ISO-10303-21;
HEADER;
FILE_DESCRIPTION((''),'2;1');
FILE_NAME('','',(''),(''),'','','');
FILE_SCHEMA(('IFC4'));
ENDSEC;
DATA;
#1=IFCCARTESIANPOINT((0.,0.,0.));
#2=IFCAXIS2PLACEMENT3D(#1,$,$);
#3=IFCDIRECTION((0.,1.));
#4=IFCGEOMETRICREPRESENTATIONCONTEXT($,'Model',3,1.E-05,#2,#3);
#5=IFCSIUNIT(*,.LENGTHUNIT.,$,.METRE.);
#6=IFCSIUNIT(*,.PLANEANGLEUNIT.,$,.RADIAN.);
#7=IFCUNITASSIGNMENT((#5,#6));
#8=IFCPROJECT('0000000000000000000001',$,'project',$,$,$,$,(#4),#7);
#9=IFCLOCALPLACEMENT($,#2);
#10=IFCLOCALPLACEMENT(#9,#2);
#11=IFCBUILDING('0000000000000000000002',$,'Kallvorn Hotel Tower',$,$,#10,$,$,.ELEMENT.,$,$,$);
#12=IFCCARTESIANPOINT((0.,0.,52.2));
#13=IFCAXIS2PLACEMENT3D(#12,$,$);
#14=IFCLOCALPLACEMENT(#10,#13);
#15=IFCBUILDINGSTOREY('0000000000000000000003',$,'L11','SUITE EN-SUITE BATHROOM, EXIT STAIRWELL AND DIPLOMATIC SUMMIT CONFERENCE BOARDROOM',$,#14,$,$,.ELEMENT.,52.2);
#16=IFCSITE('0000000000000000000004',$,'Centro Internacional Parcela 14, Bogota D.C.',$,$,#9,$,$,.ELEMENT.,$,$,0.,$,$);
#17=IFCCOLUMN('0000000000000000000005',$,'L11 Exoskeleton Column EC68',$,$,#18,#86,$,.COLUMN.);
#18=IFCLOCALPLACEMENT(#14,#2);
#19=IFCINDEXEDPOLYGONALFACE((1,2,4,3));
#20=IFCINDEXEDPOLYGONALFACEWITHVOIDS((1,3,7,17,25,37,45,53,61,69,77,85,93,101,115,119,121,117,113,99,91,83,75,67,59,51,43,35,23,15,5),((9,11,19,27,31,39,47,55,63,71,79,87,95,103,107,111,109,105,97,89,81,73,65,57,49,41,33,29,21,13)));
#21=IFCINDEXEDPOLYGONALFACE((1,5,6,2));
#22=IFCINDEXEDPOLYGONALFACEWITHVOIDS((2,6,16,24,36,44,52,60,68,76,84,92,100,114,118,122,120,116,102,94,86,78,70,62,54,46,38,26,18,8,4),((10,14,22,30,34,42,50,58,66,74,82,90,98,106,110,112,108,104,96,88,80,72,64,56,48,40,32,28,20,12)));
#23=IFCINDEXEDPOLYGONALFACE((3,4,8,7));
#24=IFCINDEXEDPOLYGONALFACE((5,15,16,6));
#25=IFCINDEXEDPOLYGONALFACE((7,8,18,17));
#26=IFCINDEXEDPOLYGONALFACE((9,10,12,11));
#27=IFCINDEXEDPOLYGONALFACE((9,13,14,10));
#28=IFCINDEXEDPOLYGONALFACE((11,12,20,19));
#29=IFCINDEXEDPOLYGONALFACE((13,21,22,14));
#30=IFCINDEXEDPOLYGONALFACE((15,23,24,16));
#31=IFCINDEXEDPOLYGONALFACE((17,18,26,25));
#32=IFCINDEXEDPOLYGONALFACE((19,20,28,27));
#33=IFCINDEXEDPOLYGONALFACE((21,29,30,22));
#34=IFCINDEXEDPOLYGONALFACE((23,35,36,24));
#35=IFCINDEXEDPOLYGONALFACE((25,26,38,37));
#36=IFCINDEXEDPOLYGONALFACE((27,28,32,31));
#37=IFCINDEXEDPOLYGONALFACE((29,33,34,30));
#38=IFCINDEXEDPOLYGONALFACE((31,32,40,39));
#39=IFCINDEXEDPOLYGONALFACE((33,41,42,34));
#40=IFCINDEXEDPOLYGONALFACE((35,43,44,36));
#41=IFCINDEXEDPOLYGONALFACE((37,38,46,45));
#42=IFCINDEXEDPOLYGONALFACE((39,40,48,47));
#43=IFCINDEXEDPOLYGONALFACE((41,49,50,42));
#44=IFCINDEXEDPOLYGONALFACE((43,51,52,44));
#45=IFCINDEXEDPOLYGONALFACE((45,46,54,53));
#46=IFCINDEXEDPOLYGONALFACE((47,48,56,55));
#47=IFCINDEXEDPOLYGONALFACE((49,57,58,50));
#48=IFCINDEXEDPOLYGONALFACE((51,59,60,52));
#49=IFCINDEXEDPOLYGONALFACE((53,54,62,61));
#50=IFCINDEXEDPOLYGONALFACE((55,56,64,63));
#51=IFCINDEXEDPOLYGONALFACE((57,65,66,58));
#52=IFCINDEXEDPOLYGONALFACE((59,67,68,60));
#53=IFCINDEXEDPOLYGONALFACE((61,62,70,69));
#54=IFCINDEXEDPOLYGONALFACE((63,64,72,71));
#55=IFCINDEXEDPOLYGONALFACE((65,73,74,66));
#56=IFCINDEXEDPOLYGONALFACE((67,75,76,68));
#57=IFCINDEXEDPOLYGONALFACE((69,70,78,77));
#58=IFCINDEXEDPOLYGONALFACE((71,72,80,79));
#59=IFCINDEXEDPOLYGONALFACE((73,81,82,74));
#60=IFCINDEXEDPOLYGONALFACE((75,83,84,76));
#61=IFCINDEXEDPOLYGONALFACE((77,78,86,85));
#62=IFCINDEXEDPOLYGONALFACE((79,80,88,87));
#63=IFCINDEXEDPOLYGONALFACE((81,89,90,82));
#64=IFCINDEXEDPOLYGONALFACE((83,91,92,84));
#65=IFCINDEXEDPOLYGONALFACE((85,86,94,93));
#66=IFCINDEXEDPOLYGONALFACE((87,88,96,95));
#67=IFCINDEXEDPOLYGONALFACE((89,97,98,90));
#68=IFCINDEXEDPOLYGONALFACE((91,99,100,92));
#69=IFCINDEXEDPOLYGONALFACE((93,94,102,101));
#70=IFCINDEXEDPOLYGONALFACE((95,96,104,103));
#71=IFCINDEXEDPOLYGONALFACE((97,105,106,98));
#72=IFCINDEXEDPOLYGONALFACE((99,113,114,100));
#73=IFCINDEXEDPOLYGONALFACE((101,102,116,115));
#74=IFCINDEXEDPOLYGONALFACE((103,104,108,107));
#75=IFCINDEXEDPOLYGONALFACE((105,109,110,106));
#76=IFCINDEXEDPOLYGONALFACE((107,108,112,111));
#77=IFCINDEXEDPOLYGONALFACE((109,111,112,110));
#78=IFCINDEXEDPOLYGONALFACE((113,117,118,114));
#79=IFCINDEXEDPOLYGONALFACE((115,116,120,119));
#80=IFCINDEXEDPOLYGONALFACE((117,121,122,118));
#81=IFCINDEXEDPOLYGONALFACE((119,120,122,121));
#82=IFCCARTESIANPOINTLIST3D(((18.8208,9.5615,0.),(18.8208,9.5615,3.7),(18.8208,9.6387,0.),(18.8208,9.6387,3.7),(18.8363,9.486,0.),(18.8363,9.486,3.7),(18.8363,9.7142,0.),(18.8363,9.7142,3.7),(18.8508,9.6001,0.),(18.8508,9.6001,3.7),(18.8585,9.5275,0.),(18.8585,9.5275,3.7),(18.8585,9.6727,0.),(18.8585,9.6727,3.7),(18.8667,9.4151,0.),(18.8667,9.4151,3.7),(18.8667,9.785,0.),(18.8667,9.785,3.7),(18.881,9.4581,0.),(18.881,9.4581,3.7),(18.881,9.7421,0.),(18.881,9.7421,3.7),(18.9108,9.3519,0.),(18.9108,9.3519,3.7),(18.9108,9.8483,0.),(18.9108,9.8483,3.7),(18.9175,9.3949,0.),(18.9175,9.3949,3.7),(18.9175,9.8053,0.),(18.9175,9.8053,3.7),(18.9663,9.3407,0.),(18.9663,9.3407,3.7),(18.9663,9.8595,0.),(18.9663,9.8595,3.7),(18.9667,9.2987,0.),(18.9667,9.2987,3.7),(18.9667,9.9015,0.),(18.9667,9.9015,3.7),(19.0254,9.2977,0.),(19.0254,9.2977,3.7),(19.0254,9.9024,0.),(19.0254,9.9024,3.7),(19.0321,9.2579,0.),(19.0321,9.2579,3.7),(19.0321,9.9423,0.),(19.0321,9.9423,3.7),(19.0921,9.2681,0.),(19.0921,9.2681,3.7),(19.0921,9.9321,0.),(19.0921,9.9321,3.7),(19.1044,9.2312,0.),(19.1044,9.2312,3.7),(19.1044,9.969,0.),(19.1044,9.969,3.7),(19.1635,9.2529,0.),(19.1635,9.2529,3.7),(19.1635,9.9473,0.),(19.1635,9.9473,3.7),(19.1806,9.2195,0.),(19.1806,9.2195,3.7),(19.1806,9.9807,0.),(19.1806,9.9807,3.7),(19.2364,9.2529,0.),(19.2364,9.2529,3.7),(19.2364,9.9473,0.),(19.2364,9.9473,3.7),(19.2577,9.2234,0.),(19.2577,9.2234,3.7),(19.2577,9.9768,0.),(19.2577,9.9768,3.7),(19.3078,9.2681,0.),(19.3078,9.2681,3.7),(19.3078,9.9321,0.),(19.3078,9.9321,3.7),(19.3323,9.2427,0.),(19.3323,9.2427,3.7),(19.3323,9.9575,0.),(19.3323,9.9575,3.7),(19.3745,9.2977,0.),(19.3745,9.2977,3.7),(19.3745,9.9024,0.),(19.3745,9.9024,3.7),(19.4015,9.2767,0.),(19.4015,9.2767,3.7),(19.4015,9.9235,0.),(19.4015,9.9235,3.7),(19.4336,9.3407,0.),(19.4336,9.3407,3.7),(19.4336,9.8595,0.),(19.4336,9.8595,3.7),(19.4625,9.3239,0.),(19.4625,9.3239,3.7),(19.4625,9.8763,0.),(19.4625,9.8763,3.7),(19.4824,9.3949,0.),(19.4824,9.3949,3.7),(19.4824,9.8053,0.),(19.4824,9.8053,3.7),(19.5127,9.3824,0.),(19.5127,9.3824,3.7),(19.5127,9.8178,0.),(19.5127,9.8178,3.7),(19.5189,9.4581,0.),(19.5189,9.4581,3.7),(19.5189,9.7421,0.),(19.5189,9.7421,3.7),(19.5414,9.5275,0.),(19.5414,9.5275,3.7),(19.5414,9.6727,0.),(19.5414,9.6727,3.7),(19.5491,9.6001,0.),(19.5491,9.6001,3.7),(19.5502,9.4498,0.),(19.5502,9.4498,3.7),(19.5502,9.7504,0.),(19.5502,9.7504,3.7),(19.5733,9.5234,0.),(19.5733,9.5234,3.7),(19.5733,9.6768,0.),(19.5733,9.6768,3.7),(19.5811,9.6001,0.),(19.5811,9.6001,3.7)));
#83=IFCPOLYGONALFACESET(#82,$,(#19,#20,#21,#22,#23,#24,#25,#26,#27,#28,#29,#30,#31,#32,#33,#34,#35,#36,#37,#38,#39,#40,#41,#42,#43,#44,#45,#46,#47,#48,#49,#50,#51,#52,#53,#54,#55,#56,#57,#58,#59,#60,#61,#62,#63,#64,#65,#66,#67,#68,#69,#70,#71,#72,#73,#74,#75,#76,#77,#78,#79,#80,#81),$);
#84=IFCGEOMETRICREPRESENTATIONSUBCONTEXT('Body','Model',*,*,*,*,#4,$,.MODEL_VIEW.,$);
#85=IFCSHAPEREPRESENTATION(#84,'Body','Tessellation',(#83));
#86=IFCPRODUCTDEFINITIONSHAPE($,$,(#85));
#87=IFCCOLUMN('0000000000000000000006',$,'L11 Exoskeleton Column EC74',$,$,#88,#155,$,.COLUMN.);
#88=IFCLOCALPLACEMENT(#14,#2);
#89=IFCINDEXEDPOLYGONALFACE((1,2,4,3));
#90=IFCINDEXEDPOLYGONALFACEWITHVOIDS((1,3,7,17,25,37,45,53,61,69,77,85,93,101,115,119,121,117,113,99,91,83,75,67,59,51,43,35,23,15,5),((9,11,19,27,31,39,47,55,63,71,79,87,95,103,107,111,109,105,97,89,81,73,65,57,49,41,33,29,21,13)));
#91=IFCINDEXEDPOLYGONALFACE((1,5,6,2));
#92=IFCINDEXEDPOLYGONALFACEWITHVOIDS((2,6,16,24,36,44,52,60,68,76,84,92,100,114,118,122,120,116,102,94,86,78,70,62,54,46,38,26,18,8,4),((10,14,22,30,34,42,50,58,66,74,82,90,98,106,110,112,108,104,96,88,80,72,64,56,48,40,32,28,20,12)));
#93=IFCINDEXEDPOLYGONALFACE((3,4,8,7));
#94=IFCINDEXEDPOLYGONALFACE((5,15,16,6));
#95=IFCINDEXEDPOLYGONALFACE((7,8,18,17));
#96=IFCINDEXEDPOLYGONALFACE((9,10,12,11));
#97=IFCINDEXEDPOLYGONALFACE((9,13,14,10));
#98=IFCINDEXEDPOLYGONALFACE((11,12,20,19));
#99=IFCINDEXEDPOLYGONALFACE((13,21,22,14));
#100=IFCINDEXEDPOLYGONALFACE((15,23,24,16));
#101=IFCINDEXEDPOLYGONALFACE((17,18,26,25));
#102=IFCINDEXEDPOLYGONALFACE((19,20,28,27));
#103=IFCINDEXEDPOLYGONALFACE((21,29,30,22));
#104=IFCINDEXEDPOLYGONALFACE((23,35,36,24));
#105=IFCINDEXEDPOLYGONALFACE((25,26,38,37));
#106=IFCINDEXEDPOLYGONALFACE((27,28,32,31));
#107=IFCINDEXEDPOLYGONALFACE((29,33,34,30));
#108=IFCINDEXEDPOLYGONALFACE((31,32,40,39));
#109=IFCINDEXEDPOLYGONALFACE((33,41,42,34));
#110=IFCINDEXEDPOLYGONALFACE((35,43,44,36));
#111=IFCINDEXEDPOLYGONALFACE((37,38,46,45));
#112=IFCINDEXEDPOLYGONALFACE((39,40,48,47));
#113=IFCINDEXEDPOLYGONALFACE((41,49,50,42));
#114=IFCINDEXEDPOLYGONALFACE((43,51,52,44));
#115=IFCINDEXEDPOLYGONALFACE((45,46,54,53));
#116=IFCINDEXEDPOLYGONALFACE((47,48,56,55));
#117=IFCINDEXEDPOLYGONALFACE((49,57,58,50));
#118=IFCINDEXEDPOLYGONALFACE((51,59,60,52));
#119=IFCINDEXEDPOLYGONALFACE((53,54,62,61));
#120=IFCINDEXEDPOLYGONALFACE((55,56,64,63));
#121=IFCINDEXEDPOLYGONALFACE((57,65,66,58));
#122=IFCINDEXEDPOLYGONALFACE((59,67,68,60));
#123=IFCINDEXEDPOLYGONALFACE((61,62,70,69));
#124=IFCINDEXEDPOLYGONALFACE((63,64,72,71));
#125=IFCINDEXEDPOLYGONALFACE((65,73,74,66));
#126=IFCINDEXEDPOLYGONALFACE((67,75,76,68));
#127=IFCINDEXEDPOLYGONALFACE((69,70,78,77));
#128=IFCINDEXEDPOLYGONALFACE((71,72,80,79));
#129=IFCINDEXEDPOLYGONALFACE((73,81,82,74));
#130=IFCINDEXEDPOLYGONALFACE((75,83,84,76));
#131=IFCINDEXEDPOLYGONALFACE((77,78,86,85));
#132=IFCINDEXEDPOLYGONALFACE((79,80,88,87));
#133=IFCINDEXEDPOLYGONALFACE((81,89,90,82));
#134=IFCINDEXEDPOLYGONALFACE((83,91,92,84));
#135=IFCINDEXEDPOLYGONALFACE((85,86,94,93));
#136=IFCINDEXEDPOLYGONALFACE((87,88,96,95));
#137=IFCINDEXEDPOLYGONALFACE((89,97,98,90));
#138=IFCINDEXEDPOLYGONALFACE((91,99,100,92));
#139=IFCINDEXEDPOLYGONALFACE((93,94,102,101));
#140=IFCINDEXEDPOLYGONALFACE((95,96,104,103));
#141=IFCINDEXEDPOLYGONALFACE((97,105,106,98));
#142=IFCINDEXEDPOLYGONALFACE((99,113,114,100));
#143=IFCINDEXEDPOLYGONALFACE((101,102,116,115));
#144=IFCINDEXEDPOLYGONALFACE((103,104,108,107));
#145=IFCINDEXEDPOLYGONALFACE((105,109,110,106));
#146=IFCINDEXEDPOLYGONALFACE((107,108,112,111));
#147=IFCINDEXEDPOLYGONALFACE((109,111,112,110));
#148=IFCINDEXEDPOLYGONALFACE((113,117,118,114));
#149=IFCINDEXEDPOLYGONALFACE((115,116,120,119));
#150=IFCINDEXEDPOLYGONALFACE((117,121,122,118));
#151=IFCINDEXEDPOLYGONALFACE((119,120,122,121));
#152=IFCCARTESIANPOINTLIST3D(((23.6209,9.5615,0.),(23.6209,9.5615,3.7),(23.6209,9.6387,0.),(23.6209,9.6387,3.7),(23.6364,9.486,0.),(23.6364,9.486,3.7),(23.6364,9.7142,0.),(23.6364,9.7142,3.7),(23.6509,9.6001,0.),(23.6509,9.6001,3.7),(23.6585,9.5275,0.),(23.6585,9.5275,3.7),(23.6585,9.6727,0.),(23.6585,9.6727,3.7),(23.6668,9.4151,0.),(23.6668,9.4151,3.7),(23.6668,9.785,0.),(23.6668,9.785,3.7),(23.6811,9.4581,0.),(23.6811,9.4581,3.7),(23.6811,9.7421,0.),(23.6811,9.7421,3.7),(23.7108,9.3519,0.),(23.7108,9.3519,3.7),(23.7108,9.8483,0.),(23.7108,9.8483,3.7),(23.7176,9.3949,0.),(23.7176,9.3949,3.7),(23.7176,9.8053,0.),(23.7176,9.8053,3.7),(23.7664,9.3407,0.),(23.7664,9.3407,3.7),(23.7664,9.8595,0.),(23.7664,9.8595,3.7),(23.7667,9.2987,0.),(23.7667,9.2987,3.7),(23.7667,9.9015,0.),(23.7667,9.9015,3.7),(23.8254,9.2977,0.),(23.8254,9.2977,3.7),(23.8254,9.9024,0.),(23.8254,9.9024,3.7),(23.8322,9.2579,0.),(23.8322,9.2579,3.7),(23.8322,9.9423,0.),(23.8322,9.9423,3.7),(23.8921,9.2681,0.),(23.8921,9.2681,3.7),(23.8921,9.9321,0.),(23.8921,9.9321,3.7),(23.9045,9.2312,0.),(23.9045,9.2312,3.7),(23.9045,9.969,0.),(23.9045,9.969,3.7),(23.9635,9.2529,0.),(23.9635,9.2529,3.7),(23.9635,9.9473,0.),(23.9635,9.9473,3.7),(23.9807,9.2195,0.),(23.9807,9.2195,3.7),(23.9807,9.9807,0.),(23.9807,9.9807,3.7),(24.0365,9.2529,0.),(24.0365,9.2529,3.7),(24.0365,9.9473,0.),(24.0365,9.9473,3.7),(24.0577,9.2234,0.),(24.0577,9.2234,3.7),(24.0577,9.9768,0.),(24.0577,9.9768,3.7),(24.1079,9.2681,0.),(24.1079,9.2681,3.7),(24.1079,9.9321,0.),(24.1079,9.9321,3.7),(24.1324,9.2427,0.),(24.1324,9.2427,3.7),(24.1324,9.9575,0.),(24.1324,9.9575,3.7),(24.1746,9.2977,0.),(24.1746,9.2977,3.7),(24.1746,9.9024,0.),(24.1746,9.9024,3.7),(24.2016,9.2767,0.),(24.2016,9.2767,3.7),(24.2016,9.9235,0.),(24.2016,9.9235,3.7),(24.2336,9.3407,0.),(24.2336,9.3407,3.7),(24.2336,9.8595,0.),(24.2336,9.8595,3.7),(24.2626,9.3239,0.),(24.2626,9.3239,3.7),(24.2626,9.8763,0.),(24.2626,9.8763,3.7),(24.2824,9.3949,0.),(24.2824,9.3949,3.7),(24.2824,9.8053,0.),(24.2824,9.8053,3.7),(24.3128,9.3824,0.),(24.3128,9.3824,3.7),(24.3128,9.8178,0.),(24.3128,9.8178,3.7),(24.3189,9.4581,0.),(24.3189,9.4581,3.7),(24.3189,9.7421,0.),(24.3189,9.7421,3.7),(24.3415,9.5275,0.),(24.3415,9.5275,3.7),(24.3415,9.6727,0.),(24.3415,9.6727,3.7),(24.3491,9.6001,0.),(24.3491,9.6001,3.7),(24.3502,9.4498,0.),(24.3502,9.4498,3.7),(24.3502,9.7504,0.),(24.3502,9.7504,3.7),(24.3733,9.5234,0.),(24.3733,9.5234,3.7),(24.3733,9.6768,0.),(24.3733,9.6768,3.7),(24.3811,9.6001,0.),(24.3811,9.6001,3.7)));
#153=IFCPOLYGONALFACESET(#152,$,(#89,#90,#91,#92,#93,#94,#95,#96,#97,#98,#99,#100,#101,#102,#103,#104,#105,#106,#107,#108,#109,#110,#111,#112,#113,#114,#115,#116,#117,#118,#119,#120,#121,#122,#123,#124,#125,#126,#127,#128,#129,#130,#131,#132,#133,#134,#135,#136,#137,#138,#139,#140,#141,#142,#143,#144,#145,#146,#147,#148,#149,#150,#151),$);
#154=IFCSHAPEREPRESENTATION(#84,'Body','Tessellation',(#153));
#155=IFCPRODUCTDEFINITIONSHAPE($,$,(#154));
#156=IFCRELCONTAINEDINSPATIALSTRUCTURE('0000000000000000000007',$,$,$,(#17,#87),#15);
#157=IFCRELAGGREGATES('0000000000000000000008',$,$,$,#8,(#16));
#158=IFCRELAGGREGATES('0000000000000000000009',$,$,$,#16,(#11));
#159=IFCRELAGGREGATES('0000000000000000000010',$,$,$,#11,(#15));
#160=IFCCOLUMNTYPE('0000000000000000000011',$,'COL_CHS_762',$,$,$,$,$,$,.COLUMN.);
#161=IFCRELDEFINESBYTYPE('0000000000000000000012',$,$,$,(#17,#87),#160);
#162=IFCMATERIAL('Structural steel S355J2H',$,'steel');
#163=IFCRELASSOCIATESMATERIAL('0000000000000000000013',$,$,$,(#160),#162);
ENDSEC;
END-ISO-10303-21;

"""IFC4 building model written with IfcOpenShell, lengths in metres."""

from ifc_helpers import new_model, si_unit, direction, frame, origin, origin_2d, place, context, subcontext, project, spatial, hollow_circle, extrude, material, material_profile, profile_set, type_object, element, save


model = new_model("IFC4")

# Units and contexts
model_context = context("Model", 3, precision=1e-05, world=origin(), true_north=direction((0.0, 1.0)))
body_context = subcontext(model_context, "Body", "Model", "MODEL_VIEW")
ifc_project = project(units=[si_unit("LENGTHUNIT", "METRE"), si_unit("PLANEANGLEUNIT", "RADIAN")], contexts=[model_context])

# Site, building, storey
site_placement = place(None, origin())
site = spatial("IfcSite", under=ifc_project, at=site_placement, Name="Centro Internacional Parcela 14, Bogota D.C.", CompositionType="ELEMENT", RefElevation=0.0)
building_placement = place(site_placement, origin())
building = spatial("IfcBuilding", under=site, at=building_placement, Name="Kallvorn Hotel Tower", CompositionType="ELEMENT")
storey_placement = place(building_placement, frame((0.0, 0.0, 52.2)))
storey = spatial("IfcBuildingStorey", under=building, at=storey_placement, Name="L11", Description="SUITE EN-SUITE BATHROOM, EXIT STAIRWELL AND DIPLOMATIC SUMMIT CONFERENCE BOARDROOM", CompositionType="ELEMENT", Elevation=52.2)

# Columns
ifc_material_1 = material(Name="Structural steel S355J2H", Category="steel")
ifc_material_profile_1 = material_profile(ifc_material_1, hollow_circle(Radius=0.3811, WallThickness=0.032, at=origin_2d()), Name="CHS 762x32")
ifc_profile_set_1 = profile_set([ifc_material_profile_1], Name="Structural steel S355J2H")
column_type_1 = type_object("IfcColumnType", Name="COL_CHS_762", PredefinedType="COLUMN", material=ifc_profile_set_1)
for number, where, z_axis, x_axis, name in (
    (1, (19.2, 9.6001, 0.0), (0.0, 0.0, 1.0), (1.0, 0.0, 0.0), "L11 Exoskeleton Column EC68"),
    (2, (24.0, 9.6001, 0.0), (0.0, 0.0, 1.0), (1.0, 0.0, 0.0), "L11 Exoskeleton Column EC74"),
):
    element("IfcColumn", number, at=place(storey_placement, frame(where, z_axis=z_axis, x_axis=x_axis)), inside=storey, type_object=column_type_1, Name=name, PredefinedType="COLUMN", context=body_context, shape_type="SweptSolid", body=[
        extrude(hollow_circle(Radius=0.3811, WallThickness=0.032, at=origin_2d()), origin(), (0.0, 0.0, 1.0), 3.7),
    ])

save(model, "model.ifc")
